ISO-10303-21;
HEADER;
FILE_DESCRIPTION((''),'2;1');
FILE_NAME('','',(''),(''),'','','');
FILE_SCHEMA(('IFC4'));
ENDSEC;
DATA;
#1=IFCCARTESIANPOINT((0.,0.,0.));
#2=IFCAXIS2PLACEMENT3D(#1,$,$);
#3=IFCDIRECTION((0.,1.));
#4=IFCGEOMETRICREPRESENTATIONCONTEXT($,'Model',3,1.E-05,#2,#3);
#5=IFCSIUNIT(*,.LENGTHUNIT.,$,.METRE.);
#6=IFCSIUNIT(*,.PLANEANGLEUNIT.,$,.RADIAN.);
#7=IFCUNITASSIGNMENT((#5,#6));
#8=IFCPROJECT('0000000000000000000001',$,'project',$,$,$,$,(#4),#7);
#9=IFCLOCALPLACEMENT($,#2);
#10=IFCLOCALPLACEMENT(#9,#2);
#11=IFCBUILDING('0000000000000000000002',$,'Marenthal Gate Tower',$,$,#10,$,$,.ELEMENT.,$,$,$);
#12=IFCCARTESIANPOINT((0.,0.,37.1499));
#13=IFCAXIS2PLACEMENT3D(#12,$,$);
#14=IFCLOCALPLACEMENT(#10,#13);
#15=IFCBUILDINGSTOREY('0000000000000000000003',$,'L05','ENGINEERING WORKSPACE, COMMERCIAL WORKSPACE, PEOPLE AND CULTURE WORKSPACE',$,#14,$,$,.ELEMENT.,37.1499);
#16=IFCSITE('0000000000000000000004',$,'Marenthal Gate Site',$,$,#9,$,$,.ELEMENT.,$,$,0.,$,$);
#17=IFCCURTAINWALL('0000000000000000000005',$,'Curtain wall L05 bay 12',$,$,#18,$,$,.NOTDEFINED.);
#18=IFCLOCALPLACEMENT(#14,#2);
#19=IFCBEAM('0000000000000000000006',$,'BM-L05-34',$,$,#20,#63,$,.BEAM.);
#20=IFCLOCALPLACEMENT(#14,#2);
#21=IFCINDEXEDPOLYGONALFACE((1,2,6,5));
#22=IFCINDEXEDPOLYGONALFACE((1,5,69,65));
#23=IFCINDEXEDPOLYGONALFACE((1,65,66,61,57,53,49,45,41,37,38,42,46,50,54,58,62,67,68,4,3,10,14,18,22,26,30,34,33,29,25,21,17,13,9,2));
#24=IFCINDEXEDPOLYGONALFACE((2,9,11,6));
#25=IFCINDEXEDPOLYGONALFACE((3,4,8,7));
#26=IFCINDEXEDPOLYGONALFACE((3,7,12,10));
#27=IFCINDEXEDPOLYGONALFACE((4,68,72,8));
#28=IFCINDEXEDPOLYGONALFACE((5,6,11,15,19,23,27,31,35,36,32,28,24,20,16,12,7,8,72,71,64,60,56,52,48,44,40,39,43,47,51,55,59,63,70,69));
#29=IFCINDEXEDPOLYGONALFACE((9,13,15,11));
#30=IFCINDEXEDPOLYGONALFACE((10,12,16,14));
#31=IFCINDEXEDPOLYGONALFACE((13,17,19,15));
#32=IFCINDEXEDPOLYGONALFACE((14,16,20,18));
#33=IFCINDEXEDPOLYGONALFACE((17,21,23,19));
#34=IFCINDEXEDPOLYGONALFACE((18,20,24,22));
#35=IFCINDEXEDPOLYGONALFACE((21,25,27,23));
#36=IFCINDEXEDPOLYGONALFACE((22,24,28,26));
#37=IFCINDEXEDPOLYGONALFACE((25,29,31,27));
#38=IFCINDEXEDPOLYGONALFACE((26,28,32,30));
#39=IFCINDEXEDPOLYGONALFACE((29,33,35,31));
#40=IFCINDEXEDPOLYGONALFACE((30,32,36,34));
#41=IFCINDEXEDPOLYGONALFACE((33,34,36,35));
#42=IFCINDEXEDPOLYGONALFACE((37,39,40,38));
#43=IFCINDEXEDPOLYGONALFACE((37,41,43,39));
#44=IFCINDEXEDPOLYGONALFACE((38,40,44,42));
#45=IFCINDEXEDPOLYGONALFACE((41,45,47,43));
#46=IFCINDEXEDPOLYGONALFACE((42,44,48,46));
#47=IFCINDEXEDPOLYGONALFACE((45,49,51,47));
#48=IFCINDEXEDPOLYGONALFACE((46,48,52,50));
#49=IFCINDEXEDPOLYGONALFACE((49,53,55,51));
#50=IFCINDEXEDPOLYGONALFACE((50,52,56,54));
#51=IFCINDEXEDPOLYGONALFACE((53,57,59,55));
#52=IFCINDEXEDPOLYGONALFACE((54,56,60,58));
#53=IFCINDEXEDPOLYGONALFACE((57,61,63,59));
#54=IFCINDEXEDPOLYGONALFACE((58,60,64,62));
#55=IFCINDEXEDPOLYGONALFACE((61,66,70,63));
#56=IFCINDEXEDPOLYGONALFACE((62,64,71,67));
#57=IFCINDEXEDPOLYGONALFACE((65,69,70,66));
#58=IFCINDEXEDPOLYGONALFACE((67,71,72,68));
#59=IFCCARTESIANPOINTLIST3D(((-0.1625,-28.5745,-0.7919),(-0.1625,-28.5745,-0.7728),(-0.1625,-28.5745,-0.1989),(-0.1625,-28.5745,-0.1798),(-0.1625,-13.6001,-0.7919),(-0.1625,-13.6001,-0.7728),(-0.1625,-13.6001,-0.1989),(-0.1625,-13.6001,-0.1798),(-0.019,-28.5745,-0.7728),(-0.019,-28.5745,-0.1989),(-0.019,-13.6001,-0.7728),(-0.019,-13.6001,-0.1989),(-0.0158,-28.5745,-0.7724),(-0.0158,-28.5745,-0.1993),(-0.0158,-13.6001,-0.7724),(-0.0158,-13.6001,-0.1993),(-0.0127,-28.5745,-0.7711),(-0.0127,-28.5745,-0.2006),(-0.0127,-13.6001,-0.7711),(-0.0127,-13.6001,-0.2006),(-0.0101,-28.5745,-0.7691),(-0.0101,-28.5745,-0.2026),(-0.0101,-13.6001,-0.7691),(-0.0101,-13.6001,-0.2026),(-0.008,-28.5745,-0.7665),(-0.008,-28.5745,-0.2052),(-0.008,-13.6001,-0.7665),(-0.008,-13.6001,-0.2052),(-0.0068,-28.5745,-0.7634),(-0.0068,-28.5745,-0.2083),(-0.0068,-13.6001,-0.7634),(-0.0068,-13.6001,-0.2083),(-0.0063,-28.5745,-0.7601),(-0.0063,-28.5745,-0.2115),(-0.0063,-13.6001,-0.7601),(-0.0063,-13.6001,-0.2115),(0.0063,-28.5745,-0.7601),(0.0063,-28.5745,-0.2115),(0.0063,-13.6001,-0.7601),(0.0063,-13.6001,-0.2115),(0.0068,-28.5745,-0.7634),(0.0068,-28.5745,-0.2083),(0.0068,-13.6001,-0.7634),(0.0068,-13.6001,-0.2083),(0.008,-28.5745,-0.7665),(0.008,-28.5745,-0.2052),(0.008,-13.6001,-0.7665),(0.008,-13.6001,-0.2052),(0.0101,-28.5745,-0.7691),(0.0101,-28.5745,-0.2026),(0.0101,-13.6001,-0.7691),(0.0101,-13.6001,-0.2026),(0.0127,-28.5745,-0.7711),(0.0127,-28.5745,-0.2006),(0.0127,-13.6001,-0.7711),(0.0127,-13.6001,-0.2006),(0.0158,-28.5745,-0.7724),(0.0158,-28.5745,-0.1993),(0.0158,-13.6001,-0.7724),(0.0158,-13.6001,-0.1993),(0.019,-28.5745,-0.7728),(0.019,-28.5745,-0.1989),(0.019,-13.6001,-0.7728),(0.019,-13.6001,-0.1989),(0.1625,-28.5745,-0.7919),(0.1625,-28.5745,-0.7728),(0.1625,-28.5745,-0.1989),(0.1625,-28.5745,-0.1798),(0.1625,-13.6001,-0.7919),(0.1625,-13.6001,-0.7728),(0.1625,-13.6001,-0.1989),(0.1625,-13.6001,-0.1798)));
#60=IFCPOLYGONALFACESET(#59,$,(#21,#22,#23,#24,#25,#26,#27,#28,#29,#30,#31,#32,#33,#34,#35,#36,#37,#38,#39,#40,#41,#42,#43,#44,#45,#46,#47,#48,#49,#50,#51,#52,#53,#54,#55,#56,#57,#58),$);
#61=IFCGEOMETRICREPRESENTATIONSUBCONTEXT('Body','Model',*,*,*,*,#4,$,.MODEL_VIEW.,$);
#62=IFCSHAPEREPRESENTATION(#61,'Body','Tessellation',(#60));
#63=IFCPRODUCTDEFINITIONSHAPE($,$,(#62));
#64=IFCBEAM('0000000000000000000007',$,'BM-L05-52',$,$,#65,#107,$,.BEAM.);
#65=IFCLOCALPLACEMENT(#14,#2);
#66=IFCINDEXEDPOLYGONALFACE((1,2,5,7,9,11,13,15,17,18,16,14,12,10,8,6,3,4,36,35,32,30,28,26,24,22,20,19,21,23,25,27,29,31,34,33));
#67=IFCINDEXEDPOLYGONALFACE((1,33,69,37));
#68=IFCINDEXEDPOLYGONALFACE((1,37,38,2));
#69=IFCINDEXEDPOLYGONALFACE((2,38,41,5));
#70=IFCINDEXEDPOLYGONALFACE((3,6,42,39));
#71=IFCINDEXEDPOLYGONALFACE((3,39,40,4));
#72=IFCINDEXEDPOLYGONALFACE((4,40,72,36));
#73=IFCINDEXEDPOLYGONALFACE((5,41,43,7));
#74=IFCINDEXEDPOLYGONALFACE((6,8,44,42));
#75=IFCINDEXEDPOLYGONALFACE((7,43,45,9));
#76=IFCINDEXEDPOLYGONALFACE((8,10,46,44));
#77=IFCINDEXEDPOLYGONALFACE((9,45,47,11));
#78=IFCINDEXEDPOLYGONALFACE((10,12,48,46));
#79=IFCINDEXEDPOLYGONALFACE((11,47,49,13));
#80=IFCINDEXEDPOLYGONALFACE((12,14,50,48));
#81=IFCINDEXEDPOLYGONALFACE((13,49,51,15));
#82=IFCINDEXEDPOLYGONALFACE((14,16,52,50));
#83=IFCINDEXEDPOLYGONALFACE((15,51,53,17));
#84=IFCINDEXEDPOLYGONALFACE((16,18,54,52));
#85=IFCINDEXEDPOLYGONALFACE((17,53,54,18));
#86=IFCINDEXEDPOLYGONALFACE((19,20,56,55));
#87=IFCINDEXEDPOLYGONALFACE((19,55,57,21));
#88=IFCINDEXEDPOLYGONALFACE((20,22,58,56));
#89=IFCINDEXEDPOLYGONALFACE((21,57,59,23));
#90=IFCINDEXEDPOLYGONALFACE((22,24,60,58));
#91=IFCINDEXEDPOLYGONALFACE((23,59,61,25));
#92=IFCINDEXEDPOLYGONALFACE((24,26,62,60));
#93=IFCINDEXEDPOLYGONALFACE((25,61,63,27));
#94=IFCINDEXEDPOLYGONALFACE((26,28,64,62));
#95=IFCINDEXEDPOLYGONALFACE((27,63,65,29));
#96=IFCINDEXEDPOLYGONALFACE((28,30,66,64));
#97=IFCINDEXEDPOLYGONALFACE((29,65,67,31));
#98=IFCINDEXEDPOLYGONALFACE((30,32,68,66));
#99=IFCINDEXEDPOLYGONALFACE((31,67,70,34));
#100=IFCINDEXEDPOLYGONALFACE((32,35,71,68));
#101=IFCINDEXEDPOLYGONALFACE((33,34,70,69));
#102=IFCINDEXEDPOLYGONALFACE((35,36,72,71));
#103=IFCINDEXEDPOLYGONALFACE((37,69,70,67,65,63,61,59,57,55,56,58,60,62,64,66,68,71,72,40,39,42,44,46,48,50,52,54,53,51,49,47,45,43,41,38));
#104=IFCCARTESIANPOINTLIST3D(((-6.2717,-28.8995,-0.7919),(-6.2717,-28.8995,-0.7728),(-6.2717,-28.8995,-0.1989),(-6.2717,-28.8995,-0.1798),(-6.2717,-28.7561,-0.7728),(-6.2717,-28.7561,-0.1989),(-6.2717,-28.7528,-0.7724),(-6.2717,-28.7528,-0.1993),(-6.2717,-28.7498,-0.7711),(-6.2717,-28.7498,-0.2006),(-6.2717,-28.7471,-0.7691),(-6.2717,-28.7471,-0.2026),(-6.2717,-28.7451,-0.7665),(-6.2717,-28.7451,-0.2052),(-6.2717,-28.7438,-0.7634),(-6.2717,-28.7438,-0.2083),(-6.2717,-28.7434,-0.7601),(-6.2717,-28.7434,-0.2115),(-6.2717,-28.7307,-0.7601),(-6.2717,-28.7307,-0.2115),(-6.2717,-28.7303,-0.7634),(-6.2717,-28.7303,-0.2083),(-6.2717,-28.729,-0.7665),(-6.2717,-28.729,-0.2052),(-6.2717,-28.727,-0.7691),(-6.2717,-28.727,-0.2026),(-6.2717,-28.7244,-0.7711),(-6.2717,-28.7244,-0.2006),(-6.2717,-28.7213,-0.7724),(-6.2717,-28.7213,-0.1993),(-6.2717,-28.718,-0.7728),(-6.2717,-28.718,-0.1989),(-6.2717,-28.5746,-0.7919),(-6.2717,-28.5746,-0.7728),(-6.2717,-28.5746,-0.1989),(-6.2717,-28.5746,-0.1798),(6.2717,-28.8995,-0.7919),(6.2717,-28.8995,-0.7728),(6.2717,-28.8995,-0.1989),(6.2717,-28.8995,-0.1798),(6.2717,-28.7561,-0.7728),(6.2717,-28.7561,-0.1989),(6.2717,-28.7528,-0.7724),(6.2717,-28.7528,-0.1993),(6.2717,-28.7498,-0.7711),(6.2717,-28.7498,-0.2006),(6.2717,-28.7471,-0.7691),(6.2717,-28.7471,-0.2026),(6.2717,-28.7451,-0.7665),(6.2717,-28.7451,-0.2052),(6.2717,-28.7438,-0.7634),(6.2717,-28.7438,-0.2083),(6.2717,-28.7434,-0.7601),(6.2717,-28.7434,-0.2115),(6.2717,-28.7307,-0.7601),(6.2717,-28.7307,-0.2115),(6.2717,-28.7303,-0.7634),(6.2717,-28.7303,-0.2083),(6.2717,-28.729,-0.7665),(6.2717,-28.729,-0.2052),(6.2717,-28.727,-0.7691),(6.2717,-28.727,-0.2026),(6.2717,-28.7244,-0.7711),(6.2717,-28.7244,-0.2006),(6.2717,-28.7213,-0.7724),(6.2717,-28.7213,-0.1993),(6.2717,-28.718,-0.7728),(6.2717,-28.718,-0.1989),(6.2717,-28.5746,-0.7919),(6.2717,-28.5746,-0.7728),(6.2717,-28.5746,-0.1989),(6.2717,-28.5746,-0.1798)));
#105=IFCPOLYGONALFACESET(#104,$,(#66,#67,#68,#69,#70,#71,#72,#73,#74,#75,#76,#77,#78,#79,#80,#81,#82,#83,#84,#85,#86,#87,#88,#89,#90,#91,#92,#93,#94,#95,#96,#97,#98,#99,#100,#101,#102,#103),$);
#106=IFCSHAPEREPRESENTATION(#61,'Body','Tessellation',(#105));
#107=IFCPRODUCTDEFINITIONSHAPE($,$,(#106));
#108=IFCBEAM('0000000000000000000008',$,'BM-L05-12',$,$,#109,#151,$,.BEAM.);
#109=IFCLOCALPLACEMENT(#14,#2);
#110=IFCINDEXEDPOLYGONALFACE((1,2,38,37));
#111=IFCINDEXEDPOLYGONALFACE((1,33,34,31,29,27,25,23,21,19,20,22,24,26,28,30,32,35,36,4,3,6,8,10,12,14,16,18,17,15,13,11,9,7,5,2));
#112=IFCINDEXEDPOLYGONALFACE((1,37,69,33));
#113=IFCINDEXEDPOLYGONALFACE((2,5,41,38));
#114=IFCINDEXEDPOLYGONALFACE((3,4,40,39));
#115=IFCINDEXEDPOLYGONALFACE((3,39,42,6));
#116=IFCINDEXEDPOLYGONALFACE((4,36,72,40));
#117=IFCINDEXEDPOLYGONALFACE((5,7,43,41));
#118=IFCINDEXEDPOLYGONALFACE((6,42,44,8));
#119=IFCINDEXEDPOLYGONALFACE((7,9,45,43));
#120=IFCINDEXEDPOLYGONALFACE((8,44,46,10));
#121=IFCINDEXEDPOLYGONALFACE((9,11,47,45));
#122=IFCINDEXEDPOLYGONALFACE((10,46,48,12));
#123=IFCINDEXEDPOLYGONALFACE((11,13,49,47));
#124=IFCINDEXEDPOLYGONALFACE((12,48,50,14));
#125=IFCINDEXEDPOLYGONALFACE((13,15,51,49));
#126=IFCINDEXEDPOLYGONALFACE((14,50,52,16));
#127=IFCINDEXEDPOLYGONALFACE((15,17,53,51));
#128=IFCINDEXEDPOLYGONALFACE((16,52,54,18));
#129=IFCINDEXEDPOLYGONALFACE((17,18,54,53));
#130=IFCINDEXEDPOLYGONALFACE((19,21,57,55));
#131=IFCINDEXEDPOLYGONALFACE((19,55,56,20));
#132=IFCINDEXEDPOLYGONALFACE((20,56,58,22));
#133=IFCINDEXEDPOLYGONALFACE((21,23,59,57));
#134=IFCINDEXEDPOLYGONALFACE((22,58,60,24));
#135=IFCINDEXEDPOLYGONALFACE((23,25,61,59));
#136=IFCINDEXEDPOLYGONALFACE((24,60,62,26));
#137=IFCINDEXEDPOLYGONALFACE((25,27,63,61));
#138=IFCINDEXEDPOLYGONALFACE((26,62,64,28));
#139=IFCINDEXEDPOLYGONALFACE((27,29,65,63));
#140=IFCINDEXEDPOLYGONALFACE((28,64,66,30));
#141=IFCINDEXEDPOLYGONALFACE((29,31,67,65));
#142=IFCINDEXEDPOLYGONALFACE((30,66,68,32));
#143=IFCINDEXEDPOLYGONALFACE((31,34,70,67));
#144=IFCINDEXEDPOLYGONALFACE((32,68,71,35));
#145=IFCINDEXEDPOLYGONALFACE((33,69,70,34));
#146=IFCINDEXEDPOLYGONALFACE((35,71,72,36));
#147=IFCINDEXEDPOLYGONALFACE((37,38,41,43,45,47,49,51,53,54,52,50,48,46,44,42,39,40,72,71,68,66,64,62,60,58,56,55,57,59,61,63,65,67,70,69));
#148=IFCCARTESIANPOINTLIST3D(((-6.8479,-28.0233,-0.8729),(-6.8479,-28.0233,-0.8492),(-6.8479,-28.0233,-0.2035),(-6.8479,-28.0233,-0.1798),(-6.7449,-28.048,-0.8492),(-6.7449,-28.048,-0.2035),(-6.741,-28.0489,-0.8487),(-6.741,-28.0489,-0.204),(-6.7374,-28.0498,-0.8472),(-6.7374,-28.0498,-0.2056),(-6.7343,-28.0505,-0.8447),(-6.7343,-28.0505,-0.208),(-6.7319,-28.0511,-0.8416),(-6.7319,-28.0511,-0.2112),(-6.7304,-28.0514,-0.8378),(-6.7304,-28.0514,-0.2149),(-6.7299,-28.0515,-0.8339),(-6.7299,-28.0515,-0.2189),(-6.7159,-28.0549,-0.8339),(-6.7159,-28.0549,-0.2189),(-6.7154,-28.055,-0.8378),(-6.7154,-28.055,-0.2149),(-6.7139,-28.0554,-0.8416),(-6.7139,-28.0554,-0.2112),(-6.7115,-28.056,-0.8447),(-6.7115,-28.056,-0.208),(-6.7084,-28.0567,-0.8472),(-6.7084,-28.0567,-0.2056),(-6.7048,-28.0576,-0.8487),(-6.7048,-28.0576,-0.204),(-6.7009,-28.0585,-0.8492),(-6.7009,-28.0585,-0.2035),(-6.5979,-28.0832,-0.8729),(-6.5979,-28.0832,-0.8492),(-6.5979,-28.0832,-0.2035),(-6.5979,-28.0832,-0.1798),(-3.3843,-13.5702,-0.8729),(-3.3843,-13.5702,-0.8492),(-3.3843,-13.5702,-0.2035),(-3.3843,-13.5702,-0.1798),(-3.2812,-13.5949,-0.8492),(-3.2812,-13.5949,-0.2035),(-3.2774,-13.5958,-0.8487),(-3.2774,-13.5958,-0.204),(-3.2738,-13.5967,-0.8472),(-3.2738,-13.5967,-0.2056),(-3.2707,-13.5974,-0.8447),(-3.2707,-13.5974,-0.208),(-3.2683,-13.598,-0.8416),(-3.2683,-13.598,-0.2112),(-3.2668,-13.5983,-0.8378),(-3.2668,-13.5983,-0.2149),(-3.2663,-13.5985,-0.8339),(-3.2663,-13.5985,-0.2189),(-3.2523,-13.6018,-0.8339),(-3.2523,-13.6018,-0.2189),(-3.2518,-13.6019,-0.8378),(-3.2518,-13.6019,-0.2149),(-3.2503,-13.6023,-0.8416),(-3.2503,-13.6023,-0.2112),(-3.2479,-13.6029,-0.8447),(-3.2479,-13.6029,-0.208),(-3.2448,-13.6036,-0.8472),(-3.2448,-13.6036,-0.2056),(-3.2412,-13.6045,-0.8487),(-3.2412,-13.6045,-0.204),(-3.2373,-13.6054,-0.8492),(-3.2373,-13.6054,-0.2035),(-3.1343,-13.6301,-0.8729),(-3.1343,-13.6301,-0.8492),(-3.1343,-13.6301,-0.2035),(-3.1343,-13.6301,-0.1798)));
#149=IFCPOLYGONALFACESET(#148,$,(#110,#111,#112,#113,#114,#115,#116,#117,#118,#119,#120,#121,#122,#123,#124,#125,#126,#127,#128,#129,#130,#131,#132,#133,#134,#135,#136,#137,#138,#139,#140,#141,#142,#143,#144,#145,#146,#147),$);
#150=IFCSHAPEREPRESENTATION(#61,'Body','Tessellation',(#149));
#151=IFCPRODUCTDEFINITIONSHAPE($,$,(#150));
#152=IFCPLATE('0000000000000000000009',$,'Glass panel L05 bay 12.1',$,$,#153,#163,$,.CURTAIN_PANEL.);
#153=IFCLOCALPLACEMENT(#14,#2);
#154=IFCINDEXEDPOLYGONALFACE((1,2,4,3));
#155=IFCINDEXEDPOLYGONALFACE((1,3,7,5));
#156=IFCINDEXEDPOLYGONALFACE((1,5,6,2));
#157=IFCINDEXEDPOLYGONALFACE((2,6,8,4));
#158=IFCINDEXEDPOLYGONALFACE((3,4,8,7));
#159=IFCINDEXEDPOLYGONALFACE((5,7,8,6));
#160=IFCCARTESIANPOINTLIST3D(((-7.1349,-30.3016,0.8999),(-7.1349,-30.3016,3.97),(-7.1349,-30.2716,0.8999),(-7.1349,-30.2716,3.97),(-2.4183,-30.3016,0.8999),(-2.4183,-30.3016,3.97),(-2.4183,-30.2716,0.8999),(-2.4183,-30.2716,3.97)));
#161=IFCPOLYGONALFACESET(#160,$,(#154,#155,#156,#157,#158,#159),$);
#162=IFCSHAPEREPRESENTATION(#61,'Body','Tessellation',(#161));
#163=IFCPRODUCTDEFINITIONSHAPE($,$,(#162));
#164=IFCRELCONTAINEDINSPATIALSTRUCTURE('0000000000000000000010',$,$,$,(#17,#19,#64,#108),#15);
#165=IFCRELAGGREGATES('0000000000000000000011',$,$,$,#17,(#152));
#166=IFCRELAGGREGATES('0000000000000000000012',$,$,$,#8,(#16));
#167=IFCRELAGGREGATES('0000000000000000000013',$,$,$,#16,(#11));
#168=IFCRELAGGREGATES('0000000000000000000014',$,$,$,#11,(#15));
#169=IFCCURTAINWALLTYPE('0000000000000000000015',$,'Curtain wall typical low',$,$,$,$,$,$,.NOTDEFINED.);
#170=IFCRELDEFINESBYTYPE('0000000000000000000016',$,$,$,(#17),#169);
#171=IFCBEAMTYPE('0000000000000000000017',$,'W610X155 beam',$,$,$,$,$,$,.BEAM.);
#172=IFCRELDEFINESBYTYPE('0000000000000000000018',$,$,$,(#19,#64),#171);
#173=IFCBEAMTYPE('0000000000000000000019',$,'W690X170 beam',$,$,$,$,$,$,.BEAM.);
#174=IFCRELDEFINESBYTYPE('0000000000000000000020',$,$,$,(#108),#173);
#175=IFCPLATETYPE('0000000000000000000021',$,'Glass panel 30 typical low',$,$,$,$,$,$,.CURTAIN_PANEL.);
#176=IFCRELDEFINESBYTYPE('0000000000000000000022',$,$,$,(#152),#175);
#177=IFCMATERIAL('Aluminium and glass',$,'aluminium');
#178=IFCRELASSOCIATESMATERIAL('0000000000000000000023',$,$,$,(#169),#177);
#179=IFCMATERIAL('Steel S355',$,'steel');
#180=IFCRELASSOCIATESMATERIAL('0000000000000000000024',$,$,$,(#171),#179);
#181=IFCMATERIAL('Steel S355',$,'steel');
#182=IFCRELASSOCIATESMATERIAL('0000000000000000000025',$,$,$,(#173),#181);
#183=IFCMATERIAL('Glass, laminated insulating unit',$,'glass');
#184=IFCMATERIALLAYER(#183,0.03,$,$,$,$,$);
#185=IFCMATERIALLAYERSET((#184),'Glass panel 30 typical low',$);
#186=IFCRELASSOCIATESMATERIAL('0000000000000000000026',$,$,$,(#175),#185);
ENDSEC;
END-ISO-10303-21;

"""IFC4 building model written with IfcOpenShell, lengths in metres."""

from ifc_helpers import new_model, si_unit, direction, frame, origin, origin_2d, place, context, subcontext, project, spatial, rectangle, i_section, extrude, material, layer, layer_set, material_profile, profile_set, type_object, element, aggregate, save


model = new_model("IFC4")

# Units and contexts
model_context = context("Model", 3, precision=1e-05, world=origin(), true_north=direction((0.0, 1.0)))
body_context = subcontext(model_context, "Body", "Model", "MODEL_VIEW")
ifc_project = project(units=[si_unit("LENGTHUNIT", "METRE"), si_unit("PLANEANGLEUNIT", "RADIAN")], contexts=[model_context])

# Site, building, storey
site_placement = place(None, origin())
site = spatial("IfcSite", under=ifc_project, at=site_placement, Name="Marenthal Gate Site", CompositionType="ELEMENT", RefElevation=0.0)
building_placement = place(site_placement, origin())
building = spatial("IfcBuilding", under=site, at=building_placement, Name="Marenthal Gate Tower", CompositionType="ELEMENT")
storey_placement = place(building_placement, frame((0.0, 0.0, 37.1499)))
storey = spatial("IfcBuildingStorey", under=building, at=storey_placement, Name="L05", Description="ENGINEERING WORKSPACE, COMMERCIAL WORKSPACE, PEOPLE AND CULTURE WORKSPACE", CompositionType="ELEMENT", Elevation=37.1499)

# Curtain wall
ifc_material_1 = material(Name="Aluminium and glass", Category="aluminium")
curtain_wall_type = type_object("IfcCurtainWallType", Name="Curtain wall typical low", PredefinedType="NOTDEFINED", material=ifc_material_1)
curtain_wall_placement = place(storey_placement, origin())
curtain_wall = element("IfcCurtainWall", 1, at=curtain_wall_placement, inside=storey, type_object=curtain_wall_type, Name="Curtain wall L05 bay 12", PredefinedType="NOTDEFINED")

# Beams
ifc_material_2 = material(Name="Steel S355", Category="steel")
ifc_material_profile_1 = material_profile(ifc_material_2, i_section(OverallWidth=0.325, OverallDepth=0.6121, WebThickness=0.0127, FlangeThickness=0.019, FilletRadius=0.0127, at=origin_2d()), Name="W610X155")
ifc_profile_set_1 = profile_set([ifc_material_profile_1], Name="Steel S355")
beam_type_1 = type_object("IfcBeamType", Name="W610X155 beam", PredefinedType="BEAM", material=ifc_profile_set_1)
beam_1_placement = place(storey_placement, frame((0.0, -28.5745, -0.4858), z_axis=(0.0, 1.0, 0.0), x_axis=(-1.0, 0.0, 0.0)))
element("IfcBeam", 2, at=beam_1_placement, inside=storey, type_object=beam_type_1, Name="BM-L05-34", PredefinedType="BEAM", context=body_context, shape_type="SweptSolid", body=[
    extrude(i_section(OverallWidth=0.325, OverallDepth=0.6121, WebThickness=0.0127, FlangeThickness=0.019, FilletRadius=0.0127, at=origin_2d()), origin(), (0.0, 0.0, 1.0), 14.9744),
])
beam_2_placement = place(storey_placement, frame((-6.2717, -28.7371, -0.4858), z_axis=(1.0, 0.0, 0.0), x_axis=(0.0, 1.0, 0.0)))
element("IfcBeam", 3, at=beam_2_placement, inside=storey, type_object=beam_type_1, Name="BM-L05-52", PredefinedType="BEAM", context=body_context, shape_type="SweptSolid", body=[
    extrude(i_section(OverallWidth=0.325, OverallDepth=0.6121, WebThickness=0.0127, FlangeThickness=0.019, FilletRadius=0.0127, at=origin_2d()), origin(), (0.0, 0.0, 1.0), 12.5435),
])
ifc_material_3 = material(Name="Steel S355", Category="steel")
ifc_material_profile_2 = material_profile(ifc_material_3, i_section(OverallWidth=0.2571, OverallDepth=0.6931, WebThickness=0.0144, FlangeThickness=0.0237, FilletRadius=0.0154, at=origin_2d()), Name="W690X170")
ifc_profile_set_2 = profile_set([ifc_material_profile_2], Name="Steel S355")
beam_type_2 = type_object("IfcBeamType", Name="W690X170 beam", PredefinedType="BEAM", material=ifc_profile_set_2)
beam_3_placement = place(storey_placement, frame((-6.7229, -28.0532, -0.5264), z_axis=(0.233047, 0.972466, 0.0), x_axis=(-0.972466, 0.233047, 0.0)))
element("IfcBeam", 4, at=beam_3_placement, inside=storey, type_object=beam_type_2, Name="BM-L05-12", PredefinedType="BEAM", context=body_context, shape_type="SweptSolid", body=[
    extrude(i_section(OverallWidth=0.2571, OverallDepth=0.6931, WebThickness=0.0144, FlangeThickness=0.0237, FilletRadius=0.0154, at=origin_2d()), origin(), (0.0, 0.0, 1.0), 14.8623),
])

# Plate
ifc_material_4 = material(Name="Glass, laminated insulating unit", Category="glass")
ifc_layer_1 = layer(ifc_material_4, 0.03)
ifc_layer_set_1 = layer_set([ifc_layer_1], Name="Glass panel 30 typical low")
plate_type = type_object("IfcPlateType", Name="Glass panel 30 typical low", PredefinedType="CURTAIN_PANEL", material=ifc_layer_set_1)
plate_placement = place(storey_placement, frame((-4.7766, -30.2866, 0.8999), z_axis=(0.0, 0.0, 1.0), x_axis=(1.0, 0.0, 0.0)))
plate = element("IfcPlate", 5, at=plate_placement, type_object=plate_type, Name="Glass panel L05 bay 12.1", PredefinedType="CURTAIN_PANEL", context=body_context, shape_type="SweptSolid", body=[
    extrude(rectangle(XDim=4.7166, YDim=0.03, at=origin_2d()), origin(), (0.0, 0.0, 1.0), 3.0701),
])
aggregate(curtain_wall, [plate])

save(model, "model.ifc")
